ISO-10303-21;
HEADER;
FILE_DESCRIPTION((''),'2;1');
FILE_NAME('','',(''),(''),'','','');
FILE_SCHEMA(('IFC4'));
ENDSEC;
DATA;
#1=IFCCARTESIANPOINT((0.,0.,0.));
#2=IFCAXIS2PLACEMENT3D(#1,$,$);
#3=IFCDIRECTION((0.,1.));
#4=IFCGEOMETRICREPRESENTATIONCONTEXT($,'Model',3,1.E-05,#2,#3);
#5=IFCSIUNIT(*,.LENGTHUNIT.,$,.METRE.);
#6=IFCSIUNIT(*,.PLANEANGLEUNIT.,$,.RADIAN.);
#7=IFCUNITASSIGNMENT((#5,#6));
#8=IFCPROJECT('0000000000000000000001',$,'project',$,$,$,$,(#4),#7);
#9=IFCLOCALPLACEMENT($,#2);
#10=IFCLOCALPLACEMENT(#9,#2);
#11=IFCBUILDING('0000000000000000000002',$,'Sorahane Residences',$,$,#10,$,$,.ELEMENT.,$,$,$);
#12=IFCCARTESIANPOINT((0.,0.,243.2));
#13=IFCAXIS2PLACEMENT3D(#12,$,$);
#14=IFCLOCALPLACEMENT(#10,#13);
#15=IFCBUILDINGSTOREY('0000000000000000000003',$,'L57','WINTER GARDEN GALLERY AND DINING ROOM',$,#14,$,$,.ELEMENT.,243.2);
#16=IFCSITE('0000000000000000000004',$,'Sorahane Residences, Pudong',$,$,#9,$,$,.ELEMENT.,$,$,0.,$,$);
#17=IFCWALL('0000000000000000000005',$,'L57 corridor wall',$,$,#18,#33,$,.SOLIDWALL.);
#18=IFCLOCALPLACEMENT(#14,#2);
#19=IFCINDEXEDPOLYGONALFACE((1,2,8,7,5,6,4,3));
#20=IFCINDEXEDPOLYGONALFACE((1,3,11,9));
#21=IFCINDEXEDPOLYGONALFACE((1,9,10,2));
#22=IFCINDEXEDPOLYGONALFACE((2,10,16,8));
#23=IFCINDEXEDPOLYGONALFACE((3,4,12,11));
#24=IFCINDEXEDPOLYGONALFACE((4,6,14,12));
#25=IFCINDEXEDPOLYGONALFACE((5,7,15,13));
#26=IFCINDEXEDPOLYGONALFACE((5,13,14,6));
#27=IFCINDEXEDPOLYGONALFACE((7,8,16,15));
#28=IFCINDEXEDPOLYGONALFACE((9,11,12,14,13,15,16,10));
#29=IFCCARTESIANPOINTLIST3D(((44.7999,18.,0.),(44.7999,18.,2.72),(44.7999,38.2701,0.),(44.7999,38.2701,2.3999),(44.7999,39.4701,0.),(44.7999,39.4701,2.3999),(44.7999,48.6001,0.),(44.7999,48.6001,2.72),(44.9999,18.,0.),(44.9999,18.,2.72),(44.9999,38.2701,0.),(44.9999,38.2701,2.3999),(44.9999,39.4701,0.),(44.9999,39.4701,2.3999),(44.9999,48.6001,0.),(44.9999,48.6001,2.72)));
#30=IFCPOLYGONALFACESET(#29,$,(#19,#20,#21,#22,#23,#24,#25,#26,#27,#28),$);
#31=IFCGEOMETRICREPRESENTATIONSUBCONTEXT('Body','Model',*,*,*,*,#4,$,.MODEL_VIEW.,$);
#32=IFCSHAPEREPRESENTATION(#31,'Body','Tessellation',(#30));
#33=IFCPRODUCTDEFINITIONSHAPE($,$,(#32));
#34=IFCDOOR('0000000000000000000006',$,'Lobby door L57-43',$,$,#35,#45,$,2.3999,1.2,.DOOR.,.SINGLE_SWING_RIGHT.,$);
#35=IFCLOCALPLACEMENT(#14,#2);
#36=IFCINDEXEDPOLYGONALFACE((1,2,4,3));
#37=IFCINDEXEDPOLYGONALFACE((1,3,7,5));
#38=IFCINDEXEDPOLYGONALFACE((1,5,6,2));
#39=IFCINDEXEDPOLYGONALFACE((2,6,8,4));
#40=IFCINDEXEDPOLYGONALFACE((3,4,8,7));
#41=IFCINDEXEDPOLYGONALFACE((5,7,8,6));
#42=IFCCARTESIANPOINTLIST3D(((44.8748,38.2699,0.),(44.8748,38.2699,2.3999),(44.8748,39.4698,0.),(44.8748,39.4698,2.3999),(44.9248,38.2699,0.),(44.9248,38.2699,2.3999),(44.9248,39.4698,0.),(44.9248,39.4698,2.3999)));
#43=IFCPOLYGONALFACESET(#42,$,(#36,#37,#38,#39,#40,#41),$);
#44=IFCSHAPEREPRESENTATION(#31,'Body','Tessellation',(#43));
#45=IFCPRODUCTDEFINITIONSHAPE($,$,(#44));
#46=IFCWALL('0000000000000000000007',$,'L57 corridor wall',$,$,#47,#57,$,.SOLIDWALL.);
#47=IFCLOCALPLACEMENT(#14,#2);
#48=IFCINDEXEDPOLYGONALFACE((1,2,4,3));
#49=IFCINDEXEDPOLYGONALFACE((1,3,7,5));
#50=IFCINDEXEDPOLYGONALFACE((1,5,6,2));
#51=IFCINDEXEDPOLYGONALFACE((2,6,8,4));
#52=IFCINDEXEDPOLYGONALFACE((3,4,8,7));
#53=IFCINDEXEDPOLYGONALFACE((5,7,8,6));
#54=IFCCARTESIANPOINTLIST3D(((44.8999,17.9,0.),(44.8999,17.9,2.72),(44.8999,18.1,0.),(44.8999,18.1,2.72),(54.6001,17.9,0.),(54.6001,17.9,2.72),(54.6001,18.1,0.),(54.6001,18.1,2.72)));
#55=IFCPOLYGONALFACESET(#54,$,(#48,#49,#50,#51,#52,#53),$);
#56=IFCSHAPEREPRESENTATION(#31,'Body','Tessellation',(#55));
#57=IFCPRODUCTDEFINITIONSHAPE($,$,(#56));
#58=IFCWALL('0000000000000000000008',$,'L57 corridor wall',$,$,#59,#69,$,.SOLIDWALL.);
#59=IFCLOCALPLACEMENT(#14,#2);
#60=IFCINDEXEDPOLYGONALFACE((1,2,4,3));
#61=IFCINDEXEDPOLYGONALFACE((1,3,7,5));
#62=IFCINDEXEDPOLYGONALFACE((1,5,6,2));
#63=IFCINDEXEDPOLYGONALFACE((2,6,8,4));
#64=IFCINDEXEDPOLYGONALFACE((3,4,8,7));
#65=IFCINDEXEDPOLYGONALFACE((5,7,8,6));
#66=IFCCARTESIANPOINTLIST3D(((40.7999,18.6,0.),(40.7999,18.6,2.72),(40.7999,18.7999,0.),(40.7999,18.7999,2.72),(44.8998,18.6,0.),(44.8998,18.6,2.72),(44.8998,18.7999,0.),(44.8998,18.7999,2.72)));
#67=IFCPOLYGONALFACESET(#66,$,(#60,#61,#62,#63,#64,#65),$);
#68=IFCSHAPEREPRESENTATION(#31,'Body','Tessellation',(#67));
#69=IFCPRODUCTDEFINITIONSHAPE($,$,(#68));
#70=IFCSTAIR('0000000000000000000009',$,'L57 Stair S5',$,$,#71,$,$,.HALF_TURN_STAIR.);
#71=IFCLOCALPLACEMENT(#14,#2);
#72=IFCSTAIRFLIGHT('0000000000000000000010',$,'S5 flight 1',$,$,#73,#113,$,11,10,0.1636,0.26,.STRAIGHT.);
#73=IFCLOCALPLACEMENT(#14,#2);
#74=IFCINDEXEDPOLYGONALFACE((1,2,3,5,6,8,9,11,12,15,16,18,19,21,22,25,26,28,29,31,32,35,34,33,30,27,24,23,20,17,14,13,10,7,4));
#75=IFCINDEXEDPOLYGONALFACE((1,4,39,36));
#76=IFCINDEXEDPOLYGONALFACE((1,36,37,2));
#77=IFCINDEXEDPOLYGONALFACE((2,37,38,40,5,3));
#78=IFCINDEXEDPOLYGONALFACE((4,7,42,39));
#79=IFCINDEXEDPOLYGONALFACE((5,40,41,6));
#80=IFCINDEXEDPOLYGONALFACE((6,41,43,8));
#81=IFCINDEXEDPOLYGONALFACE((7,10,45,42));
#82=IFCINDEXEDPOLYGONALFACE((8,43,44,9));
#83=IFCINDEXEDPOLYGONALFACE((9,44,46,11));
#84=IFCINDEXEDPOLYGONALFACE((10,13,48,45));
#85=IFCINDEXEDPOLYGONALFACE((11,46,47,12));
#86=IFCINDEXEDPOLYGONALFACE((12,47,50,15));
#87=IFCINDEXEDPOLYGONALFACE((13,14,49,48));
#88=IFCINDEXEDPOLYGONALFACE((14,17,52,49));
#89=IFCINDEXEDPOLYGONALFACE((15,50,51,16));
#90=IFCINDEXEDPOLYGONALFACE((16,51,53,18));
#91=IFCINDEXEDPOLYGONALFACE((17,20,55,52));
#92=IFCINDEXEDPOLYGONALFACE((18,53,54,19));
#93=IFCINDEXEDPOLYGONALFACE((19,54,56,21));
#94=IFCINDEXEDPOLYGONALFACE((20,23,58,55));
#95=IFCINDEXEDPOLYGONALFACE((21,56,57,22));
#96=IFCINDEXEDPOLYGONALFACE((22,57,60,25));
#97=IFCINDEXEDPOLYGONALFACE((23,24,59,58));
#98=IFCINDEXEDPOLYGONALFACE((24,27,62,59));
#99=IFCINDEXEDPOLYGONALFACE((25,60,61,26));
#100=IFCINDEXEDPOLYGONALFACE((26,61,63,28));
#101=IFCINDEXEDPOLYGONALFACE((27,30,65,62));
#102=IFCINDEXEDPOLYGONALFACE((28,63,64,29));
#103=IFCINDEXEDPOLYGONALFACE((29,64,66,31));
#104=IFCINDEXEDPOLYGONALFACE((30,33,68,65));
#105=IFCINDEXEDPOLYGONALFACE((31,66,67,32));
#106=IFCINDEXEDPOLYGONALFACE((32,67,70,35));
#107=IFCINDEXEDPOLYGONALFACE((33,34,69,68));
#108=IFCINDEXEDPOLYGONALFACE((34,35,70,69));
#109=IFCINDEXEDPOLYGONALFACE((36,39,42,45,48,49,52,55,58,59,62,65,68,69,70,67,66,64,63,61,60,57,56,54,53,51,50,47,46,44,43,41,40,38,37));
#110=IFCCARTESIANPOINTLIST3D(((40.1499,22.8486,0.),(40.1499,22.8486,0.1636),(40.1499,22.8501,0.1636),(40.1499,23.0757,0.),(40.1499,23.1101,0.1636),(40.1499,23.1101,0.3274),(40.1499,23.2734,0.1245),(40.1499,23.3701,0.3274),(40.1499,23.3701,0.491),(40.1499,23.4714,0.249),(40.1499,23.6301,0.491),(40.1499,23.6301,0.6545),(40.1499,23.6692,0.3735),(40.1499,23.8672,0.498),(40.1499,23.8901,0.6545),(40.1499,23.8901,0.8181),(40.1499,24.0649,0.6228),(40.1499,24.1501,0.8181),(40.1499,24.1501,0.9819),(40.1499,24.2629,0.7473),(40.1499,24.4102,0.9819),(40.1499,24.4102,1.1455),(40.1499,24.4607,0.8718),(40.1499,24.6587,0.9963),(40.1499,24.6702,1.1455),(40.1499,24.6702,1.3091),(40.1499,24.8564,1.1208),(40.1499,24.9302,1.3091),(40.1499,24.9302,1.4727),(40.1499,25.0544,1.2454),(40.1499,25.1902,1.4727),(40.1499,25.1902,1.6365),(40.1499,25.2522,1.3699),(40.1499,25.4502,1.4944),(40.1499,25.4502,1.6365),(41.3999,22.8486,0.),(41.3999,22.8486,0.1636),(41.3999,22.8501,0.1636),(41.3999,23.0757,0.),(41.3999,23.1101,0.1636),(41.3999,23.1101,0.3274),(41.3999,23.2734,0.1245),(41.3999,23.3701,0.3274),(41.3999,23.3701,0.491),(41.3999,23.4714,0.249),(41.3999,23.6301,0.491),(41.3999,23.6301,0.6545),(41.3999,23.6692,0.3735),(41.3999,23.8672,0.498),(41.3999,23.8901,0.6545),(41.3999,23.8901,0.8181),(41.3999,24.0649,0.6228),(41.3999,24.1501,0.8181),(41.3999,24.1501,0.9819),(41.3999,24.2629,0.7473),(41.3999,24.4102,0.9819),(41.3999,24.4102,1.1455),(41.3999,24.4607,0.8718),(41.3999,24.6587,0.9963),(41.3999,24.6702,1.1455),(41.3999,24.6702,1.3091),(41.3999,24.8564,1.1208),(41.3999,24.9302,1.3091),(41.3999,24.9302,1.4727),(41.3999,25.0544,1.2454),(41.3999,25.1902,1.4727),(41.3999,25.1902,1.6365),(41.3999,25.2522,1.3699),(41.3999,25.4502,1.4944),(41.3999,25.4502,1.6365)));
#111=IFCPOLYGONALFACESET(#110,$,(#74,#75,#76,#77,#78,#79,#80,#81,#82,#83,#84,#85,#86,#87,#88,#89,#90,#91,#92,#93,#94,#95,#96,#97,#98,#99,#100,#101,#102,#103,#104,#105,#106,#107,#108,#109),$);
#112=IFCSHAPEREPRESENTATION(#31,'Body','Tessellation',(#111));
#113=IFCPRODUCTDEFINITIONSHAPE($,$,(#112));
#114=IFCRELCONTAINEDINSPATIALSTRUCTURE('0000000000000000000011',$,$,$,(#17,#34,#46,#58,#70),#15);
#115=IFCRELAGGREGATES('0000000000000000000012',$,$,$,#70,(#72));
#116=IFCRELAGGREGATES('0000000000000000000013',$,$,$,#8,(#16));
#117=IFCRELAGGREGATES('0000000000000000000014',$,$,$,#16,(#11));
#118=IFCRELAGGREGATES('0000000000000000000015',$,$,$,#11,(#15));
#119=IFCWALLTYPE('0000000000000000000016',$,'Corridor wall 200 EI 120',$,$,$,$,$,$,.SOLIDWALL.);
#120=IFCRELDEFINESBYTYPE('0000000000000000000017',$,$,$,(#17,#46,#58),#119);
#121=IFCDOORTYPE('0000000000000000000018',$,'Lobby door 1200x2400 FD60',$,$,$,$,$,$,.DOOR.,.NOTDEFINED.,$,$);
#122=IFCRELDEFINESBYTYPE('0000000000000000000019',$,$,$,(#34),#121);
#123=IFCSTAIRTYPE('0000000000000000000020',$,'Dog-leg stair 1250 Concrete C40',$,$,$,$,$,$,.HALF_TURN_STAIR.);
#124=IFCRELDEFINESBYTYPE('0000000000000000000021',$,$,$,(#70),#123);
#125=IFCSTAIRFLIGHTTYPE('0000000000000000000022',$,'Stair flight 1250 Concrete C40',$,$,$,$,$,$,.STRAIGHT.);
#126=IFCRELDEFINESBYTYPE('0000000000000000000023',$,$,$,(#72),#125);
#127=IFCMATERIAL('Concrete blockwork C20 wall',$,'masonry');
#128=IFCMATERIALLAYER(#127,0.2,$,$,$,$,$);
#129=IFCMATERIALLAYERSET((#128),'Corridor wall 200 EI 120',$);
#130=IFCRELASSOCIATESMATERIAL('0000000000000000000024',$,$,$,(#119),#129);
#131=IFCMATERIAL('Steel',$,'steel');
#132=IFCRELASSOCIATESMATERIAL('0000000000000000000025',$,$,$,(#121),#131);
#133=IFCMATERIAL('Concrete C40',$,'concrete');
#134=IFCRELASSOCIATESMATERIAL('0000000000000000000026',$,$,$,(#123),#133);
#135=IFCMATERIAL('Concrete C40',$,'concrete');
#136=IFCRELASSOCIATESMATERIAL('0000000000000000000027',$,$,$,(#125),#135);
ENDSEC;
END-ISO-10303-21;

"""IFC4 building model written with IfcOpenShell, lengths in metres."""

from ifc_helpers import new_model, si_unit, direction, frame, frame_2d, origin, place, context, subcontext, project, spatial, polyline, rectangle, outline, extrude, material, layer, layer_set, type_object, element, fill, aggregate, save


model = new_model("IFC4")

# Units and contexts
model_context = context("Model", 3, precision=1e-05, world=origin(), true_north=direction((0.0, 1.0)))
body_context = subcontext(model_context, "Body", "Model", "MODEL_VIEW")
ifc_project = project(units=[si_unit("LENGTHUNIT", "METRE"), si_unit("PLANEANGLEUNIT", "RADIAN")], contexts=[model_context])

# Site, building, storey
site_placement = place(None, origin())
site = spatial("IfcSite", under=ifc_project, at=site_placement, Name="Sorahane Residences, Pudong", CompositionType="ELEMENT", RefElevation=0.0)
building_placement = place(site_placement, origin())
building = spatial("IfcBuilding", under=site, at=building_placement, Name="Sorahane Residences", CompositionType="ELEMENT")
storey_placement = place(building_placement, frame((0.0, 0.0, 243.2)))
storey = spatial("IfcBuildingStorey", under=building, at=storey_placement, Name="L57", Description="WINTER GARDEN GALLERY AND DINING ROOM", CompositionType="ELEMENT", Elevation=243.2)

# Wall, opening, door
ifc_material_1 = material(Name="Concrete blockwork C20 wall", Category="masonry")
ifc_layer_1 = layer(ifc_material_1, 0.2)
ifc_layer_set_1 = layer_set([ifc_layer_1], Name="Corridor wall 200 EI 120")
wall_type_1 = type_object("IfcWallType", Name="Corridor wall 200 EI 120", PredefinedType="SOLIDWALL", material=ifc_layer_set_1)
wall_1_placement = place(storey_placement, frame((44.8999, 18.0, 0.0), z_axis=(0.0, 0.0, 1.0), x_axis=(0.0, 1.0, 0.0)))
wall_1 = element("IfcWall", 1, at=wall_1_placement, inside=storey, type_object=wall_type_1, Name="L57 corridor wall", PredefinedType="SOLIDWALL", context=body_context, shape_type="SweptSolid", body=[
    extrude(rectangle(XDim=30.6001, YDim=0.2, at=frame_2d((15.3, 0.0))), origin(), (0.0, 0.0, 1.0), 2.72),
])
opening_1_placement = place(wall_1_placement, frame((20.27, 0.0, 0.0)))
opening_1 = element("IfcOpeningElement", 2, at=opening_1_placement, cuts=wall_1, PredefinedType="OPENING", context=body_context, shape_type="SweptSolid", body=[
    extrude(rectangle(XDim=1.2, YDim=2.3999, at=frame_2d((0.6001, 1.2))), frame((0.0, 0.1099, 0.0), z_axis=(0.0, -1.0, 0.0), x_axis=(1.0, 0.0, 0.0)), (0.0, 0.0, 1.0), 0.22),
])
ifc_material_2 = material(Name="Steel", Category="steel")
door_type_1 = type_object("IfcDoorType", Name="Lobby door 1200x2400 FD60", OperationType="NOTDEFINED", PredefinedType="DOOR", material=ifc_material_2)
door_1_placement = place(opening_1_placement, frame((1.2, 0.0, 0.0), z_axis=(0.0, 0.0, 1.0), x_axis=(-1.0, 0.0, 0.0)))
door_1 = element("IfcDoor", 3, at=door_1_placement, inside=storey, type_object=door_type_1, Name="Lobby door L57-43", OperationType="SINGLE_SWING_RIGHT", OverallHeight=2.3999, OverallWidth=1.2, PredefinedType="DOOR", context=body_context, shape_type="SweptSolid", body=[
    extrude(rectangle(XDim=1.2, YDim=2.3999, at=frame_2d((0.6001, 1.2))), frame((0.0, 0.0249, 0.0), z_axis=(0.0, -1.0, 0.0), x_axis=(1.0, 0.0, 0.0)), (0.0, 0.0, 1.0), 0.05),
])
fill(opening_1, door_1)

# Walls
wall_2_placement = place(storey_placement, frame((44.8999, 18.0, 0.0), z_axis=(0.0, 0.0, 1.0), x_axis=(1.0, 0.0, 0.0)))
element("IfcWall", 4, at=wall_2_placement, inside=storey, type_object=wall_type_1, Name="L57 corridor wall", PredefinedType="SOLIDWALL", context=body_context, shape_type="SweptSolid", body=[
    extrude(rectangle(XDim=9.7002, YDim=0.2, at=frame_2d((4.8501, 0.0))), origin(), (0.0, 0.0, 1.0), 2.72),
])
wall_3_placement = place(storey_placement, frame((40.8, 18.7, 0.0), z_axis=(0.0, 0.0, 1.0), x_axis=(1.0, 0.0, 0.0)))
element("IfcWall", 5, at=wall_3_placement, inside=storey, type_object=wall_type_1, Name="L57 corridor wall", PredefinedType="SOLIDWALL", context=body_context, shape_type="SweptSolid", body=[
    extrude(rectangle(XDim=4.0999, YDim=0.2, at=frame_2d((2.0498, 0.0))), origin(), (0.0, 0.0, 1.0), 2.72),
])

# Stair, stair flight
ifc_material_3 = material(Name="Concrete C40", Category="concrete")
stair_type = type_object("IfcStairType", Name="Dog-leg stair 1250 Concrete C40", PredefinedType="HALF_TURN_STAIR", material=ifc_material_3)
stair_placement = place(storey_placement, origin())
stair = element("IfcStair", 6, at=stair_placement, inside=storey, type_object=stair_type, Name="L57 Stair S5", PredefinedType="HALF_TURN_STAIR")
ifc_material_4 = material(Name="Concrete C40", Category="concrete")
stair_flight_type = type_object("IfcStairFlightType", Name="Stair flight 1250 Concrete C40", PredefinedType="STRAIGHT", material=ifc_material_4)
stair_flight_placement = place(storey_placement, frame((40.7749, 22.8501, 0.0), z_axis=(0.0, 0.0, 1.0), x_axis=(0.0, 1.0, 0.0)))
stair_flight = element("IfcStairFlight", 7, at=stair_flight_placement, type_object=stair_flight_type, Name="S5 flight 1", NumberOfRisers=11, NumberOfTreads=10, PredefinedType="STRAIGHT", RiserHeight=0.1636, TreadLength=0.26, context=body_context, shape_type="SweptSolid", body=[
    extrude(outline(polyline([(-0.0015, 0.0), (-0.0015, 0.1636), (0.0, 0.1636), (0.26, 0.1636), (0.26, 0.3274), (0.52, 0.3274), (0.52, 0.491), (0.78, 0.491), (0.78, 0.6545), (1.04, 0.6545), (1.04, 0.8181), (1.3, 0.8181), (1.3, 0.9819), (1.5601, 0.9819), (1.5601, 1.1455), (1.8201, 1.1455), (1.8201, 1.3091), (2.0801, 1.3091), (2.0801, 1.4727), (2.3401, 1.4727), (2.3401, 1.6365), (2.6001, 1.6365), (2.6001, 1.8), (2.6001, 1.4944), (2.4021, 1.3699), (2.2043, 1.2454), (2.0063, 1.1208), (1.8086, 0.9963), (1.6106, 0.8718), (1.4128, 0.7473), (1.2148, 0.6228), (1.0171, 0.498), (0.8191, 0.3735), (0.6213, 0.249), (0.4233, 0.1245), (0.2256, 0.0), (-0.0015, 0.0)])), frame((0.0, 0.625, 0.0), z_axis=(0.0, -1.0, 0.0), x_axis=(1.0, 0.0, 0.0)), (0.0, 0.0, 1.0), 1.25),
])
aggregate(stair, [stair_flight])

save(model, "model.ifc")
